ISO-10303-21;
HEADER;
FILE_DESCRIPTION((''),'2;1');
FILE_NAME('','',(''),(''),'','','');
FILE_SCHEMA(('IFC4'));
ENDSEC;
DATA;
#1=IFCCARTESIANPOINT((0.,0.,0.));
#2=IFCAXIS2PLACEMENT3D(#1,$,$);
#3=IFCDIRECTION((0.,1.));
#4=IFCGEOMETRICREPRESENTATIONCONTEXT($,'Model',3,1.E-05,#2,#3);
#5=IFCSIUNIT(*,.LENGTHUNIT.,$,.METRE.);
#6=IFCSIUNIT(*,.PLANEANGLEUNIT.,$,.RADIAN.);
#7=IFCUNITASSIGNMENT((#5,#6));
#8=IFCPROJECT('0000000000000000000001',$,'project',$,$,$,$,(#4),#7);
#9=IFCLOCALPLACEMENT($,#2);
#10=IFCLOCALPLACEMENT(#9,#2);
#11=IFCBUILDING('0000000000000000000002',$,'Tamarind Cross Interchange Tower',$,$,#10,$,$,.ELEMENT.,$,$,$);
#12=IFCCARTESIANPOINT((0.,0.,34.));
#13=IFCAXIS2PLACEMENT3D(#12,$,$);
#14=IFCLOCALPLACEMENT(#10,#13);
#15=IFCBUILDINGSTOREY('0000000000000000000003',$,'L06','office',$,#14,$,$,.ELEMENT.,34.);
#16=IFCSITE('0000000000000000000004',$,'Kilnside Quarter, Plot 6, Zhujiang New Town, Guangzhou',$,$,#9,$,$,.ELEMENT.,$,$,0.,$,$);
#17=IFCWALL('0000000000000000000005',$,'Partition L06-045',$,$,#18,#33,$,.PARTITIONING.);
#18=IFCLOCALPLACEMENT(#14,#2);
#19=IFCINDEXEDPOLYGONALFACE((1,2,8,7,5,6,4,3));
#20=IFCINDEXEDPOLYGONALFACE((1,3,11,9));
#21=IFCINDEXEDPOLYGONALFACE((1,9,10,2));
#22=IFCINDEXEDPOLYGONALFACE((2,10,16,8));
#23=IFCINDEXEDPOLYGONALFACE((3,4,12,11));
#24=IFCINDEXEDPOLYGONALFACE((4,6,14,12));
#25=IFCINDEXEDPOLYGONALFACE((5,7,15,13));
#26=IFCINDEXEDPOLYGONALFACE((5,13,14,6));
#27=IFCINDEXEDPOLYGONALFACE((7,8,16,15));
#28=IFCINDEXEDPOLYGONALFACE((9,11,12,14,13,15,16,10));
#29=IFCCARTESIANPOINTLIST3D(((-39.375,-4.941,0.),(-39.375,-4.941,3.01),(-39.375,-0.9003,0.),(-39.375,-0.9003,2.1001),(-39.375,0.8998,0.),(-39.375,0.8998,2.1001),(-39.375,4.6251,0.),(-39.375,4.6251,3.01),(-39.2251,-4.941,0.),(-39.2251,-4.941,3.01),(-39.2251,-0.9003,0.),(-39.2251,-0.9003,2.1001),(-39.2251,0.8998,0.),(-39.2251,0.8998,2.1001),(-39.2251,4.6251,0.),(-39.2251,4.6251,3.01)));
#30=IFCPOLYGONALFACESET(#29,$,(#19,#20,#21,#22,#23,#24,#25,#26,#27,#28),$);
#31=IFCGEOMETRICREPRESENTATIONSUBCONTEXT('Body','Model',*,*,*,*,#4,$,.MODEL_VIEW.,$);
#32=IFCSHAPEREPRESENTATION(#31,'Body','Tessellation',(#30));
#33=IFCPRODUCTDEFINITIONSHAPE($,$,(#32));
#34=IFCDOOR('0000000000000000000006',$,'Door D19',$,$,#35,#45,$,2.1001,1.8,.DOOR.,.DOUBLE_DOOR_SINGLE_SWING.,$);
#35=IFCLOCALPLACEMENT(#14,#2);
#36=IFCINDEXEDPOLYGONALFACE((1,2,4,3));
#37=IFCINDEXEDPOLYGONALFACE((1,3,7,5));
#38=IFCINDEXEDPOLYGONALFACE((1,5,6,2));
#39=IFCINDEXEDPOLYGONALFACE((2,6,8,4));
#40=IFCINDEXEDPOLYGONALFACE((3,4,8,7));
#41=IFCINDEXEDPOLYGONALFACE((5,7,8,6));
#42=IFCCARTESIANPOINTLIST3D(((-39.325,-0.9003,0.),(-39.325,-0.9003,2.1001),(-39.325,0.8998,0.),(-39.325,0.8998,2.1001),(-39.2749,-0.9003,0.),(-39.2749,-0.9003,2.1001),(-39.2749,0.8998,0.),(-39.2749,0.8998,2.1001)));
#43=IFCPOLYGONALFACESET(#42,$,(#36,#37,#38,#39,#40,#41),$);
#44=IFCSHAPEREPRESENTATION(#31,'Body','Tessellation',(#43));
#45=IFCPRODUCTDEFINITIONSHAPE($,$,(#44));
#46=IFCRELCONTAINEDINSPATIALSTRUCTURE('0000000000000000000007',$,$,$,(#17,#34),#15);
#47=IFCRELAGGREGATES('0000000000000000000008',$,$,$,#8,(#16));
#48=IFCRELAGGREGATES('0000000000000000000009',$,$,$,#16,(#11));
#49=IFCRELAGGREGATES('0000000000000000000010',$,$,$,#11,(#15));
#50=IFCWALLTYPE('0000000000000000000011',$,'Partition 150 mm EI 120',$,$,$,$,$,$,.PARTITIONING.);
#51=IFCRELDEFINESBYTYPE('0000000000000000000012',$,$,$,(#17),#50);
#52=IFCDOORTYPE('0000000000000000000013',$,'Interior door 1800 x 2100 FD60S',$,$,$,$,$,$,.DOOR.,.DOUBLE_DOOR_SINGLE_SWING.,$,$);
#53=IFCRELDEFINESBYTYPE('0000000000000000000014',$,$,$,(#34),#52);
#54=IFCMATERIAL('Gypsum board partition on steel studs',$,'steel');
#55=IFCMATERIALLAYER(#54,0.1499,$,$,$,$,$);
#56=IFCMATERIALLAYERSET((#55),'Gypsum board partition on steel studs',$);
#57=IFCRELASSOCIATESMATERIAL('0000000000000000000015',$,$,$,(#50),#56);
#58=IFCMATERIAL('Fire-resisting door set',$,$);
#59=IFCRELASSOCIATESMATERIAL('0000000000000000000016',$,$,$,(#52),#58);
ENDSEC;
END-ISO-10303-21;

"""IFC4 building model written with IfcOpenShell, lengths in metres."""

from ifc_helpers import new_model, si_unit, direction, frame, frame_2d, origin, place, context, subcontext, project, spatial, rectangle, extrude, material, layer, layer_set, type_object, element, fill, save


model = new_model("IFC4")

# Units and contexts
model_context = context("Model", 3, precision=1e-05, world=origin(), true_north=direction((0.0, 1.0)))
body_context = subcontext(model_context, "Body", "Model", "MODEL_VIEW")
ifc_project = project(units=[si_unit("LENGTHUNIT", "METRE"), si_unit("PLANEANGLEUNIT", "RADIAN")], contexts=[model_context])

# Site, building, storey
site_placement = place(None, origin())
site = spatial("IfcSite", under=ifc_project, at=site_placement, Name="Kilnside Quarter, Plot 6, Zhujiang New Town, Guangzhou", CompositionType="ELEMENT", RefElevation=0.0)
building_placement = place(site_placement, origin())
building = spatial("IfcBuilding", under=site, at=building_placement, Name="Tamarind Cross Interchange Tower", CompositionType="ELEMENT")
storey_placement = place(building_placement, frame((0.0, 0.0, 34.0)))
storey = spatial("IfcBuildingStorey", under=building, at=storey_placement, Name="L06", Description="office", CompositionType="ELEMENT", Elevation=34.0)

# Shared definitions
ifc_material_1 = material(Name="Gypsum board partition on steel studs", Category="steel")

# Shared definitions
ifc_layer_1 = layer(ifc_material_1, 0.1499)
ifc_layer_set_1 = layer_set([ifc_layer_1], Name="Gypsum board partition on steel studs")
wall_type_1 = type_object("IfcWallType", Name="Partition 150 mm EI 120", PredefinedType="PARTITIONING", material=ifc_layer_set_1)
ifc_material_2 = material(Name="Fire-resisting door set")
door_type_1 = type_object("IfcDoorType", Name="Interior door 1800 x 2100 FD60S", OperationType="DOUBLE_DOOR_SINGLE_SWING", PredefinedType="DOOR", material=ifc_material_2)

# Wall, opening, door
wall_1_placement = place(storey_placement, frame((-39.3, -4.9412, 0.0), z_axis=(0.0, 0.0, 1.0), x_axis=(0.0, 1.0, 0.0)))
wall_1 = element("IfcWall", 1, at=wall_1_placement, inside=storey, type_object=wall_type_1, Name="Partition L06-045", PredefinedType="PARTITIONING", context=body_context, shape_type="SweptSolid", body=[
    extrude(rectangle(XDim=9.5662, YDim=0.1499, at=frame_2d((4.7832, 0.0))), origin(), (0.0, 0.0, 1.0), 3.01),
])
opening_1_placement = place(wall_1_placement, frame((4.041, 0.0, 0.0)))
opening_1 = element("IfcOpeningElement", 2, at=opening_1_placement, cuts=wall_1, PredefinedType="OPENING", context=body_context, shape_type="SweptSolid", body=[
    extrude(rectangle(XDim=1.8, YDim=2.1001, at=frame_2d((0.8999, 1.05))), frame((0.0, 0.085, 0.0), z_axis=(0.0, -1.0, 0.0), x_axis=(1.0, 0.0, 0.0)), (0.0, 0.0, 1.0), 0.1699),
])
door_1_placement = place(opening_1_placement, origin())
door_1 = element("IfcDoor", 3, at=door_1_placement, inside=storey, type_object=door_type_1, Name="Door D19", OperationType="DOUBLE_DOOR_SINGLE_SWING", OverallHeight=2.1001, OverallWidth=1.8, PredefinedType="DOOR", context=body_context, shape_type="SweptSolid", body=[
    extrude(rectangle(XDim=1.8, YDim=2.1001, at=frame_2d((0.8999, 1.05))), frame((0.0, 0.0249, 0.0), z_axis=(0.0, -1.0, 0.0), x_axis=(1.0, 0.0, 0.0)), (0.0, 0.0, 1.0), 0.05),
])
fill(opening_1, door_1)

save(model, "model.ifc")
